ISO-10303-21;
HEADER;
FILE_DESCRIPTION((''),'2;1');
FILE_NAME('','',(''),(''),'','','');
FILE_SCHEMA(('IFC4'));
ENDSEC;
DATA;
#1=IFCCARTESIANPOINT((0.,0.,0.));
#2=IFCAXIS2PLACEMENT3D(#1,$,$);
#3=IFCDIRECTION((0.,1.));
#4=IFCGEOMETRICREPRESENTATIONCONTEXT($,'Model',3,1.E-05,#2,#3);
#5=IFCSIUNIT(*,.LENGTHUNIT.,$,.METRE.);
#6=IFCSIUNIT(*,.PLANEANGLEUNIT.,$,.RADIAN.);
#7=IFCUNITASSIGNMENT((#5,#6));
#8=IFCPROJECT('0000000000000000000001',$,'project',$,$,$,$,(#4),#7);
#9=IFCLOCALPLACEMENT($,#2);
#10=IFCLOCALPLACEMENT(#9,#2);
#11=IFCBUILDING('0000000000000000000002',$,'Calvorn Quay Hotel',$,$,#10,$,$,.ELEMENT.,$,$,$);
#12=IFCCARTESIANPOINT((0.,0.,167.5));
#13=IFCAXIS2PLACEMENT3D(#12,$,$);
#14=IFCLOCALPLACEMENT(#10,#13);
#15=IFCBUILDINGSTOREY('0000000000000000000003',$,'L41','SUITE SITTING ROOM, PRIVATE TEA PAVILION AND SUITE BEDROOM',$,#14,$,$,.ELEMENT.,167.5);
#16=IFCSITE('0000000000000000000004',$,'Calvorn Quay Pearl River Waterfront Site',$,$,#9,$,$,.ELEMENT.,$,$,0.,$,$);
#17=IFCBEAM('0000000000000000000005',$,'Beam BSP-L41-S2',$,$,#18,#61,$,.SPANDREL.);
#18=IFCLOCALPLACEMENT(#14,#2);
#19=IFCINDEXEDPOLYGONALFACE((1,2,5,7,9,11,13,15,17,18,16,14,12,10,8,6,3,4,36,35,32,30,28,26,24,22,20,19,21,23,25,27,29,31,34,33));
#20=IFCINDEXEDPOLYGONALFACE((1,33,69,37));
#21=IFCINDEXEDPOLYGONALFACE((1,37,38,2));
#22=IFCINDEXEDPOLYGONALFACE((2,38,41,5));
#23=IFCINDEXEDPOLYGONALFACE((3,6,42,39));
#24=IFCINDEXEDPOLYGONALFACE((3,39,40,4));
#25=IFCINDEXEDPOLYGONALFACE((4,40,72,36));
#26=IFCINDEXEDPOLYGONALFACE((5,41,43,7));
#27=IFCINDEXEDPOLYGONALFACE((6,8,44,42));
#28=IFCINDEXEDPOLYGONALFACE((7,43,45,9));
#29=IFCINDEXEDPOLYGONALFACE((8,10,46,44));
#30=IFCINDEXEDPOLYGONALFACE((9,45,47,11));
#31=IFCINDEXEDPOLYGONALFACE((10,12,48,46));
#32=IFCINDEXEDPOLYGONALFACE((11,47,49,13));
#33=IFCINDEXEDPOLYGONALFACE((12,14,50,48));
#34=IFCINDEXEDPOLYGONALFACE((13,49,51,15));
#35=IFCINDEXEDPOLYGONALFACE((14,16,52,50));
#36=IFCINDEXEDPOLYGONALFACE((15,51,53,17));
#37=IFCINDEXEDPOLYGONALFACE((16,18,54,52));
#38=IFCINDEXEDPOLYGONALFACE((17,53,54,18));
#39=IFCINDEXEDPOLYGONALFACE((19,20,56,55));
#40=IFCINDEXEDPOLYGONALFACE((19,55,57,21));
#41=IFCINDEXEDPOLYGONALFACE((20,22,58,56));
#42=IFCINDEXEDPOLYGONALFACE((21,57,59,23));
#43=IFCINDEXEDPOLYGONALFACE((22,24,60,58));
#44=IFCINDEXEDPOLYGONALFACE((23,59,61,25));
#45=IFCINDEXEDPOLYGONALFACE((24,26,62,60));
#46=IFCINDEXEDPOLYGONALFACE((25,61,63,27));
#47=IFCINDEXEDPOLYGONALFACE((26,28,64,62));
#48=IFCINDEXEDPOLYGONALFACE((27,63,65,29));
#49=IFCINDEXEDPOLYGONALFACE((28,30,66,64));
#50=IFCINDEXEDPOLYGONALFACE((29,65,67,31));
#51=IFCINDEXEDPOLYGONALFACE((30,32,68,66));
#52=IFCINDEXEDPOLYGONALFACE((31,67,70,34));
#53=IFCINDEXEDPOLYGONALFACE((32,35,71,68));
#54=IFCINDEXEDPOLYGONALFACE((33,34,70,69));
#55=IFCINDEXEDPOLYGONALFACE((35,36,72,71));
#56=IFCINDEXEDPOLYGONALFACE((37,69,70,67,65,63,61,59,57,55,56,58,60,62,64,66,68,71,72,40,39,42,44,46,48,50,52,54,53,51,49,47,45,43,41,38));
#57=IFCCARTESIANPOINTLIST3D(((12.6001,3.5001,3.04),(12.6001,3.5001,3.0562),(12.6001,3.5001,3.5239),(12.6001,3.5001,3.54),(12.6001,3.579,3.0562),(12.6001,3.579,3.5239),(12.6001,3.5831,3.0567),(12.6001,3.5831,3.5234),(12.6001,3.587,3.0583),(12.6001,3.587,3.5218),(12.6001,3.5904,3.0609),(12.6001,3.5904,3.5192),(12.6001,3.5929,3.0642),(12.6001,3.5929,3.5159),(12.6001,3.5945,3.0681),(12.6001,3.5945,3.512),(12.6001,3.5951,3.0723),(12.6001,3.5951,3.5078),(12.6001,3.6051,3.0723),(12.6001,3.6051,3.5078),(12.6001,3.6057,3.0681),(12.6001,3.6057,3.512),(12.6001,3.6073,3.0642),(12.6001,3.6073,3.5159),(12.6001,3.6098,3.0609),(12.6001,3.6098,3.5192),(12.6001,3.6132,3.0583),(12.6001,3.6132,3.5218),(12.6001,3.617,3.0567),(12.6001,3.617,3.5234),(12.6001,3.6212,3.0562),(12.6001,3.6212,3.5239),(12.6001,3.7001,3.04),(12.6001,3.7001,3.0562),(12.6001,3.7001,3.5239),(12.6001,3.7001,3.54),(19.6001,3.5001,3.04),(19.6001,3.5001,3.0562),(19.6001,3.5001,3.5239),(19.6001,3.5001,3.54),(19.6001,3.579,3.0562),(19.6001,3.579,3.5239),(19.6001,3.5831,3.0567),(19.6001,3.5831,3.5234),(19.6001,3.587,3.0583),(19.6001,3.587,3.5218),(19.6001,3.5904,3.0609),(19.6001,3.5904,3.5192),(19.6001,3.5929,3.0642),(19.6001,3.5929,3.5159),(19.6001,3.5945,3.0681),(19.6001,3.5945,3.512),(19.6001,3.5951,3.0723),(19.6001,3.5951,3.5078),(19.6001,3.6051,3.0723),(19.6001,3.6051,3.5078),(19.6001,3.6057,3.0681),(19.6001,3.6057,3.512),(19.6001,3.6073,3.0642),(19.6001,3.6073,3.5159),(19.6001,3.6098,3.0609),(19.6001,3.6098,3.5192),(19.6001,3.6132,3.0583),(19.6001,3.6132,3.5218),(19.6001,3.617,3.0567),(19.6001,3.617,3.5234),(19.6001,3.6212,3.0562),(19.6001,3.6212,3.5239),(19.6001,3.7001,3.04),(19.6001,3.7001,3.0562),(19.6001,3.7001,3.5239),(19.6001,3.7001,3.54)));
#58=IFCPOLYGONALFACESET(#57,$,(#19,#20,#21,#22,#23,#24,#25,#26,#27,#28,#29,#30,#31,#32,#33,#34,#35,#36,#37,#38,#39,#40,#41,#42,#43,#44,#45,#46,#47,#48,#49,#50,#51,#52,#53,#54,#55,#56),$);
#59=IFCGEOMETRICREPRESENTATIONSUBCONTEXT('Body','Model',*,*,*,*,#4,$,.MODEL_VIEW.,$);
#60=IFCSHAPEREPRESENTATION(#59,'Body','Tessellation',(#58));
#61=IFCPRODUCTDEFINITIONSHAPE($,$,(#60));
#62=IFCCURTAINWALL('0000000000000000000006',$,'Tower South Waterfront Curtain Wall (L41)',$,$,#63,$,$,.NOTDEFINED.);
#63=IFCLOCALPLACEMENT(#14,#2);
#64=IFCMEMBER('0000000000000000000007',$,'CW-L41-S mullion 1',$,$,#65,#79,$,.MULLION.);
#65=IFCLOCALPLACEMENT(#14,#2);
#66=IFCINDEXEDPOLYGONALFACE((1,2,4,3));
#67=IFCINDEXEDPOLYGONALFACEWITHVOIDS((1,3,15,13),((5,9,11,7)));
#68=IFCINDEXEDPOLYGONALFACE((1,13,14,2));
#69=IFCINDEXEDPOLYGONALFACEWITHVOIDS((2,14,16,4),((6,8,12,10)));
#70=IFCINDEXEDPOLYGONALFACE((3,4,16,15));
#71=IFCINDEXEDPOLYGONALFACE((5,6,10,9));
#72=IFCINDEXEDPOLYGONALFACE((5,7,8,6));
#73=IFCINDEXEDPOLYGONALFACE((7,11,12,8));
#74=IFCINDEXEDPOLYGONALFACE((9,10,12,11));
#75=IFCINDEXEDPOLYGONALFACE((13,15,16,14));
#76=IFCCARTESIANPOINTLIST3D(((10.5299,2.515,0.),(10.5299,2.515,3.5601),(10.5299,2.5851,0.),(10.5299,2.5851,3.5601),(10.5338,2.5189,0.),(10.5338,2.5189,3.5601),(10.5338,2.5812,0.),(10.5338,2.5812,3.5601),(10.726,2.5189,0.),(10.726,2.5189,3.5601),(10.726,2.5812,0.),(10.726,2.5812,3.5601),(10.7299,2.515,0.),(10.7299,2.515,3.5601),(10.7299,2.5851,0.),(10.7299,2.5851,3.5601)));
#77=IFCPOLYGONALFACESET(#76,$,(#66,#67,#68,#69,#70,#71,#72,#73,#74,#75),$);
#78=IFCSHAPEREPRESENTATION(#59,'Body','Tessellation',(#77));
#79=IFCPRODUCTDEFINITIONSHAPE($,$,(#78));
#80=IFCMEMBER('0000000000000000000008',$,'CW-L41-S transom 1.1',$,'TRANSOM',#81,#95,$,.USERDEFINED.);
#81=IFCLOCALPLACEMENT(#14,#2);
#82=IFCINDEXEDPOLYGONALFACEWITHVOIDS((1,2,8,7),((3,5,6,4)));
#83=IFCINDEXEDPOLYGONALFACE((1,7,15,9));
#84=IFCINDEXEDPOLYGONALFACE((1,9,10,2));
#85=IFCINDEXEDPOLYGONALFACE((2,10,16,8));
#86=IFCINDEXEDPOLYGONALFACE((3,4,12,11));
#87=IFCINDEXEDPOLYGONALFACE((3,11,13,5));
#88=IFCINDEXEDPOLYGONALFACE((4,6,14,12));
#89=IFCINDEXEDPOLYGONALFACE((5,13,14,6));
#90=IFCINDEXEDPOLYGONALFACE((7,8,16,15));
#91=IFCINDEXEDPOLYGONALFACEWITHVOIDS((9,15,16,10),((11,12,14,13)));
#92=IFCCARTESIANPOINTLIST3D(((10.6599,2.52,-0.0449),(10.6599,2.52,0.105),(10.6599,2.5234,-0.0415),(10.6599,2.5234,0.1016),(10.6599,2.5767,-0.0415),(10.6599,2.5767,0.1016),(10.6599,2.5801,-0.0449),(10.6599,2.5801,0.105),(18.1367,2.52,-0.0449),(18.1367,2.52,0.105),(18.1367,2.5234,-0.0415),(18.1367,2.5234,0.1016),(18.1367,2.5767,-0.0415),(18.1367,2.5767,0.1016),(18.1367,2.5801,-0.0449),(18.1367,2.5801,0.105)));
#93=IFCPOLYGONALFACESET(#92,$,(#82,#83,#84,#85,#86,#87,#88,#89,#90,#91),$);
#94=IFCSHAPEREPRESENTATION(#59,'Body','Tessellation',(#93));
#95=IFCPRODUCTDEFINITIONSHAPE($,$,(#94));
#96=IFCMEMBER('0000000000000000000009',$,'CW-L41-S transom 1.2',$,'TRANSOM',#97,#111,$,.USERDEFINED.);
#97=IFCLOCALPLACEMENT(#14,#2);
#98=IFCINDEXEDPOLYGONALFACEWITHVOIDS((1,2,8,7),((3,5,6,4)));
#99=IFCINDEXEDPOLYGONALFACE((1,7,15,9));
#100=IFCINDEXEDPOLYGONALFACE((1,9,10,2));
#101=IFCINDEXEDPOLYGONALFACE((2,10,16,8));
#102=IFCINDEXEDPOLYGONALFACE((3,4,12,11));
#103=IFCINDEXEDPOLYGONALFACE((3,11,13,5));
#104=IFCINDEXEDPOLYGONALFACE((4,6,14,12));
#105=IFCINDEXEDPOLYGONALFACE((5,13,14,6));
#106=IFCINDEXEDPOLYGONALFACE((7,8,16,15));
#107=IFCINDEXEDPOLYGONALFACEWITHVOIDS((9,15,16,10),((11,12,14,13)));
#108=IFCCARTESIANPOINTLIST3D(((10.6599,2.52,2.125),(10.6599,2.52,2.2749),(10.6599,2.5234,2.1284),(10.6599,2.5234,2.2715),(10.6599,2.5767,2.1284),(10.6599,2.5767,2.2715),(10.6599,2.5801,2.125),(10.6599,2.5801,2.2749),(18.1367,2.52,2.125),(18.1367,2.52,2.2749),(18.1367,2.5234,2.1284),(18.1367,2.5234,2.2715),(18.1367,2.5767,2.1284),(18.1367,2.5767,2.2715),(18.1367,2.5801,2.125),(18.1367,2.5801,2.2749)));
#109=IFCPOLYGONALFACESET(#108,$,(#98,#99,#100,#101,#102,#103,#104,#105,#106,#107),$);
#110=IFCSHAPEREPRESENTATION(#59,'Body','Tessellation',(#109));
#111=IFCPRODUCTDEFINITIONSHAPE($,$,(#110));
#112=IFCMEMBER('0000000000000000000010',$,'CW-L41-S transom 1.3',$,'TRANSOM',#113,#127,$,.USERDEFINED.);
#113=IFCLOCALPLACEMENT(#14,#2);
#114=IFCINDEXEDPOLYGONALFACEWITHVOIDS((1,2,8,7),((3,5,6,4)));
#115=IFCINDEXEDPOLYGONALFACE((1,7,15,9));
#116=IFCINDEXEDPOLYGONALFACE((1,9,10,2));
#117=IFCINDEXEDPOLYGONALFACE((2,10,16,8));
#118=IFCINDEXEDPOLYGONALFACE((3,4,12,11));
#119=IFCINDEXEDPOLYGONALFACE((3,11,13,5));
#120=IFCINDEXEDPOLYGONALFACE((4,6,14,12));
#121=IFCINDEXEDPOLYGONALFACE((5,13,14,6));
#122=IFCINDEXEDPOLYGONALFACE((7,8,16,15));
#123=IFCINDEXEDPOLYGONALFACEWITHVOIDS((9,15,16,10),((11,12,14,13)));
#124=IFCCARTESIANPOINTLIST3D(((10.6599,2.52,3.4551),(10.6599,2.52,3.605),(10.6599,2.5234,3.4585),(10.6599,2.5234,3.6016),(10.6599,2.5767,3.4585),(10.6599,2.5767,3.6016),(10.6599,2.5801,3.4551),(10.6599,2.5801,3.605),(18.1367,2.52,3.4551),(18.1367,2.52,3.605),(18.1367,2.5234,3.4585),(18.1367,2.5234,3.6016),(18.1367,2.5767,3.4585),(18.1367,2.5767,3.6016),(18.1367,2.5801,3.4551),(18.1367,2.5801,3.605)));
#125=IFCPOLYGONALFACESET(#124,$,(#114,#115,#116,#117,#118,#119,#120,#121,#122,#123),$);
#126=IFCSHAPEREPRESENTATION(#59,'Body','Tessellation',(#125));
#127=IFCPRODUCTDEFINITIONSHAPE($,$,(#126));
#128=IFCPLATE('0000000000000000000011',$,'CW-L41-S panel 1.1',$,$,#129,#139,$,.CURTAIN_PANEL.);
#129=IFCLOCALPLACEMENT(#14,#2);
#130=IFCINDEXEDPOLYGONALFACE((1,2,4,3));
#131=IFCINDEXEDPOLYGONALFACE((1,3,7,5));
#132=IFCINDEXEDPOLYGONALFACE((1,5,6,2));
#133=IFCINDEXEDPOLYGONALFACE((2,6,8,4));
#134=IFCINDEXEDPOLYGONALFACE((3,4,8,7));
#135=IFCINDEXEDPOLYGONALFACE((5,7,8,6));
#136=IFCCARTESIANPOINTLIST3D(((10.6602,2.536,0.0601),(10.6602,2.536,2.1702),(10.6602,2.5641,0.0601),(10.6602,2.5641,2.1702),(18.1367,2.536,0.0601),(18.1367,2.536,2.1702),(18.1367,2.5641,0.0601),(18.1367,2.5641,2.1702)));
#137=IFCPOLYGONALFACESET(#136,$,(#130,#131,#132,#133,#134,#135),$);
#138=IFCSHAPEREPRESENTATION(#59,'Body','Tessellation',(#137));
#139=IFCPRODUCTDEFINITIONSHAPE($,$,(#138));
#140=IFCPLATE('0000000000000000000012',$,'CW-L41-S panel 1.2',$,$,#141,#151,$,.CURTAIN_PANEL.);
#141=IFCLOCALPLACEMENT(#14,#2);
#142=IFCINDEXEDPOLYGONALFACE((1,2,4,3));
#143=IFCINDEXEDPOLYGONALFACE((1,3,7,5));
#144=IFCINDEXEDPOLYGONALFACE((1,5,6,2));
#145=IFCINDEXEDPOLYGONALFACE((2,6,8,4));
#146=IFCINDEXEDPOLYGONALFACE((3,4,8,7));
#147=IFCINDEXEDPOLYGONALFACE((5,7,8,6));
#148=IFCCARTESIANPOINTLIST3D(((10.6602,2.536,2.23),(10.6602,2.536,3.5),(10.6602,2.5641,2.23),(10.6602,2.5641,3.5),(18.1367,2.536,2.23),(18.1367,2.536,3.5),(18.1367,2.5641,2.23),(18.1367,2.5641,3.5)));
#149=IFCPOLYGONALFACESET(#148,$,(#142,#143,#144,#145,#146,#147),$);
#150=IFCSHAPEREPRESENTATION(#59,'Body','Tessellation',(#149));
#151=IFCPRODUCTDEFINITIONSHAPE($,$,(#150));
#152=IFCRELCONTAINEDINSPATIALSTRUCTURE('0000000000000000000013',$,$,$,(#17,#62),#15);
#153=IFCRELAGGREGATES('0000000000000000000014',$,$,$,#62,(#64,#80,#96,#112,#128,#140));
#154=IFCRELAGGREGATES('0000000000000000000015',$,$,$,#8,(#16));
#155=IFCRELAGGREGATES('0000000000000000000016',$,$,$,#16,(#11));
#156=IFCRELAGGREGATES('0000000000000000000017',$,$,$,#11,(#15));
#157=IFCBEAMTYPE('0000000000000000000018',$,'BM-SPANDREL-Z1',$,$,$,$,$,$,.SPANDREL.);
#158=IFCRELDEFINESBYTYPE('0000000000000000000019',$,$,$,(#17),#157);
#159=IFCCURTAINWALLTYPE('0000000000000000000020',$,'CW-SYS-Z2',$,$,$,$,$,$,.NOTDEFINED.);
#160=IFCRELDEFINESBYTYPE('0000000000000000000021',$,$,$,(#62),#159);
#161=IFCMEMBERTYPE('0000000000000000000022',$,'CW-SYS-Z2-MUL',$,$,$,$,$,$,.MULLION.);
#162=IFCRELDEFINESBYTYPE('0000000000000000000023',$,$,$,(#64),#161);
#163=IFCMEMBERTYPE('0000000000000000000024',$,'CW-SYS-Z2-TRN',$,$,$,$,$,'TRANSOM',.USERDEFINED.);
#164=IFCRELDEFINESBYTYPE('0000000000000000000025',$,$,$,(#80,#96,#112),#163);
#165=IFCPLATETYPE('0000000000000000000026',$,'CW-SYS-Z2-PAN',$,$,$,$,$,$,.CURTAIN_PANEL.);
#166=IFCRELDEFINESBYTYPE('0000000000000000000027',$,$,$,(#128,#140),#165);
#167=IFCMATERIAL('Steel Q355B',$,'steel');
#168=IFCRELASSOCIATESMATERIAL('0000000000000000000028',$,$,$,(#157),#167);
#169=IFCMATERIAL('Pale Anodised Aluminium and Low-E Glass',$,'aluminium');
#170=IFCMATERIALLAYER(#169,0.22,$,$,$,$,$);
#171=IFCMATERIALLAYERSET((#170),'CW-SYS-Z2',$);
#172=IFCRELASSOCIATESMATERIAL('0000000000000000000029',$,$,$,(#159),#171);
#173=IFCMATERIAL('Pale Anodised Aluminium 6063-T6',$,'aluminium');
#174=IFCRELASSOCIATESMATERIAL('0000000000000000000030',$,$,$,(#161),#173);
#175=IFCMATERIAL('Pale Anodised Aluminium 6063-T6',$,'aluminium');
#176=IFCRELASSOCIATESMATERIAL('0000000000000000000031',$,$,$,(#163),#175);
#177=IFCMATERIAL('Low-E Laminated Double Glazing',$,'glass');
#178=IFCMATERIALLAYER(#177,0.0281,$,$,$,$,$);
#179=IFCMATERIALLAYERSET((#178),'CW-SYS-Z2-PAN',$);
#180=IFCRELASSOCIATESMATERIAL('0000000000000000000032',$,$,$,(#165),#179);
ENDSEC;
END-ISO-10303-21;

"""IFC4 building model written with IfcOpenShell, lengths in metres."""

from ifc_helpers import new_model, si_unit, direction, frame, origin, origin_2d, place, context, subcontext, project, spatial, rectangle, hollow_rectangle, i_section, extrude, material, layer, layer_set, material_profile, profile_set, type_object, element, aggregate, save


model = new_model("IFC4")

# Units and contexts
model_context = context("Model", 3, precision=1e-05, world=origin(), true_north=direction((0.0, 1.0)))
body_context = subcontext(model_context, "Body", "Model", "MODEL_VIEW")
ifc_project = project(units=[si_unit("LENGTHUNIT", "METRE"), si_unit("PLANEANGLEUNIT", "RADIAN")], contexts=[model_context])

# Site, building, storey
site_placement = place(None, origin())
site = spatial("IfcSite", under=ifc_project, at=site_placement, Name="Calvorn Quay Pearl River Waterfront Site", CompositionType="ELEMENT", RefElevation=0.0)
building_placement = place(site_placement, origin())
building = spatial("IfcBuilding", under=site, at=building_placement, Name="Calvorn Quay Hotel", CompositionType="ELEMENT")
storey_placement = place(building_placement, frame((0.0, 0.0, 167.5)))
storey = spatial("IfcBuildingStorey", under=building, at=storey_placement, Name="L41", Description="SUITE SITTING ROOM, PRIVATE TEA PAVILION AND SUITE BEDROOM", CompositionType="ELEMENT", Elevation=167.5)

# Beam
ifc_material_1 = material(Name="Steel Q355B", Category="steel")
ifc_material_profile_1 = material_profile(ifc_material_1, i_section(OverallWidth=0.2, OverallDepth=0.5, WebThickness=0.01, FlangeThickness=0.0161, FilletRadius=0.0161, at=origin_2d()), Name="HN500x200x10x16")
ifc_profile_set_1 = profile_set([ifc_material_profile_1], Name="Steel Q355B")
beam_type_1 = type_object("IfcBeamType", Name="BM-SPANDREL-Z1", PredefinedType="SPANDREL", material=ifc_profile_set_1)
beam_1_placement = place(storey_placement, frame((12.6001, 3.6001, 3.29), z_axis=(1.0, 0.0, 0.0), x_axis=(0.0, 1.0, 0.0)))
element("IfcBeam", 1, at=beam_1_placement, inside=storey, type_object=beam_type_1, Name="Beam BSP-L41-S2", PredefinedType="SPANDREL", context=body_context, shape_type="SweptSolid", body=[
    extrude(i_section(OverallWidth=0.2, OverallDepth=0.5, WebThickness=0.01, FlangeThickness=0.0161, FilletRadius=0.0161, at=origin_2d()), origin(), (0.0, 0.0, 1.0), 7.0),
])

# Curtain wall, members, plates
ifc_material_2 = material(Name="Pale Anodised Aluminium and Low-E Glass", Category="aluminium")
ifc_layer_1 = layer(ifc_material_2, 0.22)
ifc_layer_set_1 = layer_set([ifc_layer_1], Name="CW-SYS-Z2")
curtain_wall_type = type_object("IfcCurtainWallType", Name="CW-SYS-Z2", PredefinedType="NOTDEFINED", material=ifc_layer_set_1)
curtain_wall_placement = place(storey_placement, origin())
curtain_wall = element("IfcCurtainWall", 2, at=curtain_wall_placement, inside=storey, type_object=curtain_wall_type, Name="Tower South Waterfront Curtain Wall (L41)", PredefinedType="NOTDEFINED")
ifc_material_3 = material(Name="Pale Anodised Aluminium 6063-T6", Category="aluminium")
ifc_material_profile_2 = material_profile(ifc_material_3, hollow_rectangle(XDim=0.0701, YDim=0.2, WallThickness=0.0039, at=origin_2d()), Name="ALU-M200x70x4")
ifc_profile_set_2 = profile_set([ifc_material_profile_2], Name="Pale Anodised Aluminium 6063-T6")
member_type_1 = type_object("IfcMemberType", Name="CW-SYS-Z2-MUL", PredefinedType="MULLION", material=ifc_profile_set_2)
member_1_placement = place(storey_placement, frame((10.6299, 2.55, 0.0), z_axis=(0.0, 0.0, 1.0), x_axis=(0.0, 1.0, 0.0)))
member_1 = element("IfcMember", 3, at=member_1_placement, type_object=member_type_1, Name="CW-L41-S mullion 1", PredefinedType="MULLION", context=body_context, shape_type="SweptSolid", body=[
    extrude(hollow_rectangle(XDim=0.0701, YDim=0.2, WallThickness=0.0039, at=origin_2d()), origin(), (0.0, 0.0, 1.0), 3.5601),
])
ifc_material_4 = material(Name="Pale Anodised Aluminium 6063-T6", Category="aluminium")
ifc_material_profile_3 = material_profile(ifc_material_4, hollow_rectangle(XDim=0.0601, YDim=0.1499, WallThickness=0.0034, at=origin_2d()), Name="ALU-T150x60x3.5")
ifc_profile_set_3 = profile_set([ifc_material_profile_3], Name="Pale Anodised Aluminium 6063-T6")
member_type_2 = type_object("IfcMemberType", Name="CW-SYS-Z2-TRN", ElementType="TRANSOM", PredefinedType="USERDEFINED", material=ifc_profile_set_3)
member_2_placement = place(storey_placement, frame((10.6599, 2.55, 0.03), z_axis=(1.0, 0.0, 0.0), x_axis=(0.0, 1.0, 0.0)))
member_2 = element("IfcMember", 4, at=member_2_placement, type_object=member_type_2, Name="CW-L41-S transom 1.1", ObjectType="TRANSOM", PredefinedType="USERDEFINED", context=body_context, shape_type="SweptSolid", body=[
    extrude(hollow_rectangle(XDim=0.0601, YDim=0.1499, WallThickness=0.0034, at=origin_2d()), origin(), (0.0, 0.0, 1.0), 7.4768),
])
member_3_placement = place(storey_placement, frame((10.6599, 2.55, 2.2), z_axis=(1.0, 0.0, 0.0), x_axis=(0.0, 1.0, 0.0)))
member_3 = element("IfcMember", 5, at=member_3_placement, type_object=member_type_2, Name="CW-L41-S transom 1.2", ObjectType="TRANSOM", PredefinedType="USERDEFINED", context=body_context, shape_type="SweptSolid", body=[
    extrude(hollow_rectangle(XDim=0.0601, YDim=0.1499, WallThickness=0.0034, at=origin_2d()), origin(), (0.0, 0.0, 1.0), 7.4768),
])
member_4_placement = place(storey_placement, frame((10.6599, 2.55, 3.53), z_axis=(1.0, 0.0, 0.0), x_axis=(0.0, 1.0, 0.0)))
member_4 = element("IfcMember", 6, at=member_4_placement, type_object=member_type_2, Name="CW-L41-S transom 1.3", ObjectType="TRANSOM", PredefinedType="USERDEFINED", context=body_context, shape_type="SweptSolid", body=[
    extrude(hollow_rectangle(XDim=0.0601, YDim=0.1499, WallThickness=0.0034, at=origin_2d()), origin(), (0.0, 0.0, 1.0), 7.4768),
])
ifc_material_5 = material(Name="Low-E Laminated Double Glazing", Category="glass")
ifc_layer_2 = layer(ifc_material_5, 0.0281)
ifc_layer_set_2 = layer_set([ifc_layer_2], Name="CW-SYS-Z2-PAN")
plate_type = type_object("IfcPlateType", Name="CW-SYS-Z2-PAN", PredefinedType="CURTAIN_PANEL", material=ifc_layer_set_2)
plate_1_placement = place(storey_placement, frame((14.3984, 2.55, 0.0601), z_axis=(0.0, 0.0, 1.0), x_axis=(1.0, 0.0, 0.0)))
plate_1 = element("IfcPlate", 7, at=plate_1_placement, type_object=plate_type, Name="CW-L41-S panel 1.1", PredefinedType="CURTAIN_PANEL", context=body_context, shape_type="SweptSolid", body=[
    extrude(rectangle(XDim=7.4766, YDim=0.0281, at=origin_2d()), origin(), (0.0, 0.0, 1.0), 2.1101),
])
plate_2_placement = place(storey_placement, frame((14.3984, 2.55, 2.23), z_axis=(0.0, 0.0, 1.0), x_axis=(1.0, 0.0, 0.0)))
plate_2 = element("IfcPlate", 8, at=plate_2_placement, type_object=plate_type, Name="CW-L41-S panel 1.2", PredefinedType="CURTAIN_PANEL", context=body_context, shape_type="SweptSolid", body=[
    extrude(rectangle(XDim=7.4766, YDim=0.0281, at=origin_2d()), origin(), (0.0, 0.0, 1.0), 1.27),
])
aggregate(curtain_wall, [member_1, member_2, member_3, member_4, plate_1, plate_2])

save(model, "model.ifc")
